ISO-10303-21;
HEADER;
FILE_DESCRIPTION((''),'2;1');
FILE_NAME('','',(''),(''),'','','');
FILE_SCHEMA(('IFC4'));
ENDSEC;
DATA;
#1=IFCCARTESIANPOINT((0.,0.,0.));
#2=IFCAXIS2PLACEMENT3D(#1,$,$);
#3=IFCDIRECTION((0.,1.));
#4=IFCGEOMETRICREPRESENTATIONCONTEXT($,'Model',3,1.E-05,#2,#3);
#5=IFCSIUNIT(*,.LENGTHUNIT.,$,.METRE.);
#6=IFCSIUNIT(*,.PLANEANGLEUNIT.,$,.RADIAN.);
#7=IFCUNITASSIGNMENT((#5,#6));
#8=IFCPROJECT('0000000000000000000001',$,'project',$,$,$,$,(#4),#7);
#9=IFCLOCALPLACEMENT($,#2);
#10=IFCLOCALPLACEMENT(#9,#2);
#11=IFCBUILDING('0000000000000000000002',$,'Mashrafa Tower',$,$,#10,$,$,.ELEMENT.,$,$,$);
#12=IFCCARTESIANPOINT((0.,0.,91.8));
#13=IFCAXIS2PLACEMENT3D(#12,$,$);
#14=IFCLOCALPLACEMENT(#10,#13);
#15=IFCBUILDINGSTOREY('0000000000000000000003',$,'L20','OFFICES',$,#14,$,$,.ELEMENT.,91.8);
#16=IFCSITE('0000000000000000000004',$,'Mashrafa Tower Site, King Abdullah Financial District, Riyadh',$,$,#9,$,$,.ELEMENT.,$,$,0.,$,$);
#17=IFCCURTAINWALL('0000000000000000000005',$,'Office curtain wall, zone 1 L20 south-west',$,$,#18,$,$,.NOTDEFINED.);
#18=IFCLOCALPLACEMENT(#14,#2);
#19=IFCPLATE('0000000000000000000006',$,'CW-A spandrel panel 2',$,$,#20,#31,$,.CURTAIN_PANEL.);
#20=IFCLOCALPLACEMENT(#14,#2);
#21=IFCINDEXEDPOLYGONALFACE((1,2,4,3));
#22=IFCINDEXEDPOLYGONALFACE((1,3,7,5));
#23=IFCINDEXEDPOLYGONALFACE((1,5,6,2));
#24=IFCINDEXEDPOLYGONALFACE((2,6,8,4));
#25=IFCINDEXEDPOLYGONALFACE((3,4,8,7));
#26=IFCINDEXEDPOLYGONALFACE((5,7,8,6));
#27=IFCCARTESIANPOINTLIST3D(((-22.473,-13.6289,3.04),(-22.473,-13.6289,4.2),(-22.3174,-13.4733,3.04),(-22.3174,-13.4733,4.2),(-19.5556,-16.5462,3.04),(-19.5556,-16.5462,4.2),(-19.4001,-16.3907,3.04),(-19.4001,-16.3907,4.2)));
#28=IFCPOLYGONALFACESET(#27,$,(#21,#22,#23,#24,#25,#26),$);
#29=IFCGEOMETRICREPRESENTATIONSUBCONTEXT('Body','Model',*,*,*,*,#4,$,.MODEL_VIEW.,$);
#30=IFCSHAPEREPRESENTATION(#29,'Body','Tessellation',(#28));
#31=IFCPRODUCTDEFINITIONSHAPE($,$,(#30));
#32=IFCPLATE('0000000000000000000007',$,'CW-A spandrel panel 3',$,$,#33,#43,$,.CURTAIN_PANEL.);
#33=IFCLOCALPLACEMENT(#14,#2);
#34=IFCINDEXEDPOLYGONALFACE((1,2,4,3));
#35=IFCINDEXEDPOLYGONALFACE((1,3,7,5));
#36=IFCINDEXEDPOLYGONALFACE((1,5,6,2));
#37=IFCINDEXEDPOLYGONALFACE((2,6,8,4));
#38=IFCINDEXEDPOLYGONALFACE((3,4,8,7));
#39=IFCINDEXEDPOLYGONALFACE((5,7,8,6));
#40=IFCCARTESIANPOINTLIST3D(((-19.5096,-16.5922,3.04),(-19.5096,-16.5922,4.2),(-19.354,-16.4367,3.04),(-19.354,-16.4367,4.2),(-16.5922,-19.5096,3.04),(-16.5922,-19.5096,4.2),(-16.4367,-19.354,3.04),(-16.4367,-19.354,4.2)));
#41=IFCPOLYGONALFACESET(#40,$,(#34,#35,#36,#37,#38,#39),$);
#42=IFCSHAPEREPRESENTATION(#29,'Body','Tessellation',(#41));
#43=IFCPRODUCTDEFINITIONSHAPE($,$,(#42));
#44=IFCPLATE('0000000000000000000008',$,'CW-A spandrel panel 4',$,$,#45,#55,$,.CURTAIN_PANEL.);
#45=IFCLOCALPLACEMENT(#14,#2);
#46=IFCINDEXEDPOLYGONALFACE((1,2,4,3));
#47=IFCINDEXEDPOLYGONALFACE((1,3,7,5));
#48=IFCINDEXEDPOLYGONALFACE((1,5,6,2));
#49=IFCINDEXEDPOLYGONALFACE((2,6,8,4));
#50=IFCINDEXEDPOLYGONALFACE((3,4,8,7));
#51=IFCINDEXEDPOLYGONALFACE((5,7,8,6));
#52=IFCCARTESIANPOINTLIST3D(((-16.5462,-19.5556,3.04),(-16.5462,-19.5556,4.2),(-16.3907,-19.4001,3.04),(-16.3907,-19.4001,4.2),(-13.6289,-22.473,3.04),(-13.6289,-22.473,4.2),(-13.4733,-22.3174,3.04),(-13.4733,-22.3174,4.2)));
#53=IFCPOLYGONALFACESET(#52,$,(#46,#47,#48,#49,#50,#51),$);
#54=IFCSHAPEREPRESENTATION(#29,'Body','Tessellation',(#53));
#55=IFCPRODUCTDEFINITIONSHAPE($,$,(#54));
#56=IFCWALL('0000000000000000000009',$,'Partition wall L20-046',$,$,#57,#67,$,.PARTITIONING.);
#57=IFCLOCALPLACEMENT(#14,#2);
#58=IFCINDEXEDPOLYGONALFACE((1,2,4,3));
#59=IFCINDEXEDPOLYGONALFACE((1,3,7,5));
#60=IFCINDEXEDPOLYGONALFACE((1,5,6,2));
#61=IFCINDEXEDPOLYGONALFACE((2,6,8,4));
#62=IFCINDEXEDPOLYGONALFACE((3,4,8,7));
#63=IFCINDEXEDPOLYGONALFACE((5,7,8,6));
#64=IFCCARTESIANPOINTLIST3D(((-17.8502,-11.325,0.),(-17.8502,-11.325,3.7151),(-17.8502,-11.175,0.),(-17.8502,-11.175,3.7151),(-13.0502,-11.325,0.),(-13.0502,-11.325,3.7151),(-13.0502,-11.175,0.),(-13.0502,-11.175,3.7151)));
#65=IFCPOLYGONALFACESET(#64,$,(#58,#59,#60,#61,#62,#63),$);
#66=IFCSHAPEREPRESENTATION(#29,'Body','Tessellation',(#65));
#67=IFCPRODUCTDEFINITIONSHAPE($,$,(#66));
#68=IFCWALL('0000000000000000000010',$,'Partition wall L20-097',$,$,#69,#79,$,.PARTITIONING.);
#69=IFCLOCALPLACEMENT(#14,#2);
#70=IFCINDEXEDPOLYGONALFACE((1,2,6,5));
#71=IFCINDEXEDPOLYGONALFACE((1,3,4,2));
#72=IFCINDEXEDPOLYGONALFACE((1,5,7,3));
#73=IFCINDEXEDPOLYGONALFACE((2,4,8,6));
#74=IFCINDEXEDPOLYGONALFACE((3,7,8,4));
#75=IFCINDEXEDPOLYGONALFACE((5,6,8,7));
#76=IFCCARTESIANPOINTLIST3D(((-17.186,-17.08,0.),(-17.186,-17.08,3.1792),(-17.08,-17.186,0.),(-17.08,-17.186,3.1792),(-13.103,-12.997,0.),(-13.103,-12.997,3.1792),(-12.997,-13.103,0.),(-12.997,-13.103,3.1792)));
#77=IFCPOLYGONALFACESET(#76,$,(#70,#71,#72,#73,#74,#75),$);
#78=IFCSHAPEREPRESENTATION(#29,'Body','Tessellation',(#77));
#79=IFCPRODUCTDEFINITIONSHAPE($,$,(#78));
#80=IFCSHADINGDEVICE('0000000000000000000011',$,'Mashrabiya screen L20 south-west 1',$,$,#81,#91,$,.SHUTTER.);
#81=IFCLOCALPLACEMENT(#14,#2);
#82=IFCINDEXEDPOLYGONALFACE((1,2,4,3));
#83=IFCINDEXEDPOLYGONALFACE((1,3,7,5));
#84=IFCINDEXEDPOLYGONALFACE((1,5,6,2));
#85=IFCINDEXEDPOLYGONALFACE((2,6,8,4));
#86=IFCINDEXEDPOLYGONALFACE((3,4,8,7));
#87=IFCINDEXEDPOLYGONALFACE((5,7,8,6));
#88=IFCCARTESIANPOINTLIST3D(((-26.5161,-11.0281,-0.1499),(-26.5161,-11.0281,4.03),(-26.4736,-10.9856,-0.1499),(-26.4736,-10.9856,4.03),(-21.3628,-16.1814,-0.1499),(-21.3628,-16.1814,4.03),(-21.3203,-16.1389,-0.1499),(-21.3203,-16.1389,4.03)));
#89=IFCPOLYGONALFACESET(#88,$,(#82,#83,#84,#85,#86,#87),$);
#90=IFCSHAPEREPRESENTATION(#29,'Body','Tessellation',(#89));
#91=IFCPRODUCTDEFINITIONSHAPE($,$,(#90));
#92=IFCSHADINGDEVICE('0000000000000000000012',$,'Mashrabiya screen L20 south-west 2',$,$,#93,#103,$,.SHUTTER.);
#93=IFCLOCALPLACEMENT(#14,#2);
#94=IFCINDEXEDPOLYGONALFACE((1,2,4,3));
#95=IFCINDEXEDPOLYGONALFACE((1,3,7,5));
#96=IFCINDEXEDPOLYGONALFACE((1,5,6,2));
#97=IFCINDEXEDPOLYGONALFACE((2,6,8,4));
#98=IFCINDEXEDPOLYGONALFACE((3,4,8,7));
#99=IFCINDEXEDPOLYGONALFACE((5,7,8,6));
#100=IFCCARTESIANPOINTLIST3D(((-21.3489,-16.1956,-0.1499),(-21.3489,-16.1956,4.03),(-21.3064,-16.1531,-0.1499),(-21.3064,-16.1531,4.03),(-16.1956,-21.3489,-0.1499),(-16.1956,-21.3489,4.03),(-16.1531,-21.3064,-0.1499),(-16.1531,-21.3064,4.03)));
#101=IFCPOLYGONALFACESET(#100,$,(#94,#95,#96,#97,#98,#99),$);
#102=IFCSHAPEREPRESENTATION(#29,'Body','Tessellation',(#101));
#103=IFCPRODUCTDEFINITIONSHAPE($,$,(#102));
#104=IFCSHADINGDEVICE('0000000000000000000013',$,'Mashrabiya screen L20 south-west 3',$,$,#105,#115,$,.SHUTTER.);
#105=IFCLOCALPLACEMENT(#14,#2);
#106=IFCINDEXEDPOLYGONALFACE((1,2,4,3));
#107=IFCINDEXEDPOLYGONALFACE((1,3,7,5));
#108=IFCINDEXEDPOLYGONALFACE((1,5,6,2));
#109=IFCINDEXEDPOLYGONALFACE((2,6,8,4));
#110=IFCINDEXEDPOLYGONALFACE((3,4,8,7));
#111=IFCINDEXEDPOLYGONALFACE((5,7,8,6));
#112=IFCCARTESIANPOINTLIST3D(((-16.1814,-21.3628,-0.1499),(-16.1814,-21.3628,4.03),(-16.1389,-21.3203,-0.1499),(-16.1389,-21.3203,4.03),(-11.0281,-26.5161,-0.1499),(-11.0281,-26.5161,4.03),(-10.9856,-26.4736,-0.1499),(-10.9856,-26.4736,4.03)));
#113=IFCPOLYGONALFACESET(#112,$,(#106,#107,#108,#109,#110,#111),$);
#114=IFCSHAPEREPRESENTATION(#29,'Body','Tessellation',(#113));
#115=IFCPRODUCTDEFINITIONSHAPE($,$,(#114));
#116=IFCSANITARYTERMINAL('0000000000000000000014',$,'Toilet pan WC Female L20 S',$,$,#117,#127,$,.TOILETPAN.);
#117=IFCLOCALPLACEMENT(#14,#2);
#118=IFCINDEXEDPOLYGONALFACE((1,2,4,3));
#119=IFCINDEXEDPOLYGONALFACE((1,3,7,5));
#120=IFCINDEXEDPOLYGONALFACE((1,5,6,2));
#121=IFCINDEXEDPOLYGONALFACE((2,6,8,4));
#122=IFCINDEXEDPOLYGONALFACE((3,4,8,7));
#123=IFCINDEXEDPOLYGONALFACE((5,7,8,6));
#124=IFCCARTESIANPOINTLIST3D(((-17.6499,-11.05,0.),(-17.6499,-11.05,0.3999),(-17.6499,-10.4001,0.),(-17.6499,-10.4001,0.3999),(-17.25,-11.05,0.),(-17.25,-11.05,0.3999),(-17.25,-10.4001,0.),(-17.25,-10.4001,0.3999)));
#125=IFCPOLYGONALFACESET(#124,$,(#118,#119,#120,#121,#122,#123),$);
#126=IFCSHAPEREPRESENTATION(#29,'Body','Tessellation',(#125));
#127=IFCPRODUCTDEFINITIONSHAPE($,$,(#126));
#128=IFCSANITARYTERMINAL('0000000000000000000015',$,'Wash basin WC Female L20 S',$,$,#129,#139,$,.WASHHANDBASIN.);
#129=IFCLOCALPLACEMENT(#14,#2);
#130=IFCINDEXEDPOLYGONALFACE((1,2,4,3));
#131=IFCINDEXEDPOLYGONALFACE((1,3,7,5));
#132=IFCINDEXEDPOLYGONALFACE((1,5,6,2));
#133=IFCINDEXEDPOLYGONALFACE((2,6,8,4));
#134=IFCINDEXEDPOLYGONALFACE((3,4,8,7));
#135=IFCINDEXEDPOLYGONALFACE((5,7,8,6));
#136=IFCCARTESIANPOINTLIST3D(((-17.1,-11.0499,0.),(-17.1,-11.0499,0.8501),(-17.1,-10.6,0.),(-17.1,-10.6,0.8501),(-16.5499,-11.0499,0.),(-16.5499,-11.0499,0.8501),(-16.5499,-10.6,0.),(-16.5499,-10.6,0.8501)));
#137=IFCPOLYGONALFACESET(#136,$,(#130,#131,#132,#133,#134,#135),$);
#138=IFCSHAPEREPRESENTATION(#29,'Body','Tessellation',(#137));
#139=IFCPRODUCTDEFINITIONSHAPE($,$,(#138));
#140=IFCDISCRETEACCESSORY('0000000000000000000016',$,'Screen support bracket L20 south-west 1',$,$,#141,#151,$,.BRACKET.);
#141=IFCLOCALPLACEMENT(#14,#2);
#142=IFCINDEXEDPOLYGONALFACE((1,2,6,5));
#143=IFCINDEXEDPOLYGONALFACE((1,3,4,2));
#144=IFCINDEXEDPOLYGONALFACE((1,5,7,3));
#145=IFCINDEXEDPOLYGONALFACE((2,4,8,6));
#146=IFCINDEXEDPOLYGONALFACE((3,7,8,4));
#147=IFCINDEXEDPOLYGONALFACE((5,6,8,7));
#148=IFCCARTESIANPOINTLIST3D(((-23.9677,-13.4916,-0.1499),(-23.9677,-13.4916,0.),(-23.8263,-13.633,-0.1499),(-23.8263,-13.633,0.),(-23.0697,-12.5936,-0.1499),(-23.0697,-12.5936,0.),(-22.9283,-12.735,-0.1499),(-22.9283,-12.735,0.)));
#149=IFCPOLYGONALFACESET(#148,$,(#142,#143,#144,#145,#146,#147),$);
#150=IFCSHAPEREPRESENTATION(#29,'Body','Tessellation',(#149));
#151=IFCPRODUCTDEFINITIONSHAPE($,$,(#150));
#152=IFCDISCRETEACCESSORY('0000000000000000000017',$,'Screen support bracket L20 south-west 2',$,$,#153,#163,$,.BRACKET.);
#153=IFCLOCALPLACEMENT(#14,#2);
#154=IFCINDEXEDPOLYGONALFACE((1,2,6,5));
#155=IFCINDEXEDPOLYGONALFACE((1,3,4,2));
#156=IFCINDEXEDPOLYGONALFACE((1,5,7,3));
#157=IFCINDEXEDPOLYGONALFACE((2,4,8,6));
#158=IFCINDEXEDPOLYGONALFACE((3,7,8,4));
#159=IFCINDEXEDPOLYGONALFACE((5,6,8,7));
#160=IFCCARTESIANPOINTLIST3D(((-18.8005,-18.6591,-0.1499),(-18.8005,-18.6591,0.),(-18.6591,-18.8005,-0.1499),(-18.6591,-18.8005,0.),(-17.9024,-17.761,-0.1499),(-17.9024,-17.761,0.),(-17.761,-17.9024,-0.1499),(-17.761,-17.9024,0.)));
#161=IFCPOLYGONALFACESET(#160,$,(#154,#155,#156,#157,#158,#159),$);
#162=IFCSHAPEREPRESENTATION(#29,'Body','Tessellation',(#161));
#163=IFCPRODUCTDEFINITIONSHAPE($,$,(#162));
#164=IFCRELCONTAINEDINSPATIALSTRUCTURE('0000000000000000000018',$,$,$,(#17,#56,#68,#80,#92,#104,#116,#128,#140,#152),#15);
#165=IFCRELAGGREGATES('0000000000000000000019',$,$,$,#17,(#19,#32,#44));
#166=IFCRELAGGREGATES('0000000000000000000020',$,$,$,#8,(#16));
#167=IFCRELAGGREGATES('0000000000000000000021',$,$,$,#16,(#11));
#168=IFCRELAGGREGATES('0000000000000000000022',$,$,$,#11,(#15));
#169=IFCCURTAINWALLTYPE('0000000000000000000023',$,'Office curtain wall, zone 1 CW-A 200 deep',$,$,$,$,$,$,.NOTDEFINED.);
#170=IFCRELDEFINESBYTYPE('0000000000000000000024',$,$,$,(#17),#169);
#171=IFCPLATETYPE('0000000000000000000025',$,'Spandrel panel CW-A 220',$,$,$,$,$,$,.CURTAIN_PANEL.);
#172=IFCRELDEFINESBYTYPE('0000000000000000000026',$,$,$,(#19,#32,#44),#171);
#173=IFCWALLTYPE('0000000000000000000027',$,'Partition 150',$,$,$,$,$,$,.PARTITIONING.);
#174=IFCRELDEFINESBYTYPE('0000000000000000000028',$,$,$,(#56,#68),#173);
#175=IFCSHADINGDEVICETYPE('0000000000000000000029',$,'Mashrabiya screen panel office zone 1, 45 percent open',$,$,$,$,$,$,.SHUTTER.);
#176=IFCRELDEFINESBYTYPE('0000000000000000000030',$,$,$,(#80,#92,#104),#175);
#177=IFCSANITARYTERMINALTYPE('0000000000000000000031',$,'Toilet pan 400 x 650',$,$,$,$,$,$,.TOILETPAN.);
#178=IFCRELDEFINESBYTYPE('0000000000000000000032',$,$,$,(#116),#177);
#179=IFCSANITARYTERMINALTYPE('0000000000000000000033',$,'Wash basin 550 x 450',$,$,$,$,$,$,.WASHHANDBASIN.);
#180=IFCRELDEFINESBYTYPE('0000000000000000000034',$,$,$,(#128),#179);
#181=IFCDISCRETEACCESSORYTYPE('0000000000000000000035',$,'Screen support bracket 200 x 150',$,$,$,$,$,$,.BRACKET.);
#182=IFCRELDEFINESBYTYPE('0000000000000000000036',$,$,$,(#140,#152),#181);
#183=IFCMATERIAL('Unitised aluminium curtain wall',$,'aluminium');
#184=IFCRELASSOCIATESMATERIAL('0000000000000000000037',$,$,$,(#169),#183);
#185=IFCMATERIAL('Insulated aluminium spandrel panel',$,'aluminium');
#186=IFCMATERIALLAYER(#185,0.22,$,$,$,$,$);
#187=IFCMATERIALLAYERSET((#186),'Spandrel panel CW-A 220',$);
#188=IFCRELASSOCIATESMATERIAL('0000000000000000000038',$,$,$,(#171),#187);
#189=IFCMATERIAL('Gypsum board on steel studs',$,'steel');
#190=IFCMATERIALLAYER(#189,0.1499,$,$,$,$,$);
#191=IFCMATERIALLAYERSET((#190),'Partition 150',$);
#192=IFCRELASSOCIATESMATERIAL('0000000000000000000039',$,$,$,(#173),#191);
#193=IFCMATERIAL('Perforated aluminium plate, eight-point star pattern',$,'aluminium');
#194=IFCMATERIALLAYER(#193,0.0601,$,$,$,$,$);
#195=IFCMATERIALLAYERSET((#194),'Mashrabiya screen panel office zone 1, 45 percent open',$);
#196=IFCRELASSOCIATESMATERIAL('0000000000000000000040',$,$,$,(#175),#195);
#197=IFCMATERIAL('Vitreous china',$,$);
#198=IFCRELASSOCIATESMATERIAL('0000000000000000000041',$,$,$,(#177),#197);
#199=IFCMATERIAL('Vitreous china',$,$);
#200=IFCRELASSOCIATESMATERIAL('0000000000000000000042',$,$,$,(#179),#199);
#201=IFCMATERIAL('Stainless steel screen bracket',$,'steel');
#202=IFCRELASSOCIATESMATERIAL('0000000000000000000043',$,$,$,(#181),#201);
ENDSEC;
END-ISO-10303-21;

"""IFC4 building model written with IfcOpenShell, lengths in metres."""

from ifc_helpers import new_model, si_unit, direction, frame, frame_2d, origin, origin_2d, place, context, subcontext, project, spatial, rectangle, extrude, source, transform, mapped, material, layer, layer_set, type_object, type_shapes, element, aggregate, save


model = new_model("IFC4")

# Units and contexts
model_context = context("Model", 3, precision=1e-05, world=origin(), true_north=direction((0.0, 1.0)))
body_context = subcontext(model_context, "Body", "Model", "MODEL_VIEW")
ifc_project = project(units=[si_unit("LENGTHUNIT", "METRE"), si_unit("PLANEANGLEUNIT", "RADIAN")], contexts=[model_context])

# Site, building, storey
site_placement = place(None, origin())
site = spatial("IfcSite", under=ifc_project, at=site_placement, Name="Mashrafa Tower Site, King Abdullah Financial District, Riyadh", CompositionType="ELEMENT", RefElevation=0.0)
building_placement = place(site_placement, origin())
building = spatial("IfcBuilding", under=site, at=building_placement, Name="Mashrafa Tower", CompositionType="ELEMENT")
storey_placement = place(building_placement, frame((0.0, 0.0, 91.8)))
storey = spatial("IfcBuildingStorey", under=building, at=storey_placement, Name="L20", Description="OFFICES", CompositionType="ELEMENT", Elevation=91.8)

# Shared definitions
ifc_material_1 = material(Name="Unitised aluminium curtain wall", Category="aluminium")
curtain_wall_type = type_object("IfcCurtainWallType", Name="Office curtain wall, zone 1 CW-A 200 deep", PredefinedType="NOTDEFINED", material=ifc_material_1)

# Curtain wall, plates
curtain_wall_1_placement = place(storey_placement, origin())
curtain_wall_1 = element("IfcCurtainWall", 1, at=curtain_wall_1_placement, inside=storey, type_object=curtain_wall_type, Name="Office curtain wall, zone 1 L20 south-west", PredefinedType="NOTDEFINED")
ifc_material_2 = material(Name="Insulated aluminium spandrel panel", Category="aluminium")
ifc_layer_1 = layer(ifc_material_2, 0.22)
ifc_layer_set_1 = layer_set([ifc_layer_1], Name="Spandrel panel CW-A 220")
plate_type_1 = type_object("IfcPlateType", Name="Spandrel panel CW-A 220", PredefinedType="CURTAIN_PANEL", material=ifc_layer_set_1)
shared_shape_1 = source(origin(), body_context, "Body", "SweptSolid", [
    extrude(rectangle(XDim=4.1257, YDim=0.22, at=origin_2d()), origin(), (0.0, 0.0, 1.0), 1.1599),
])
plate_1_placement = place(storey_placement, frame((-20.9365, -15.0098, 3.04), z_axis=(0.0, 0.0, 1.0), x_axis=(0.707107, -0.707107, 0.0)))
plate_1 = element("IfcPlate", 2, at=plate_1_placement, type_object=plate_type_1, Name="CW-A spandrel panel 2", PredefinedType="CURTAIN_PANEL", context=body_context, shape_type="MappedRepresentation", body=[
    mapped(shared_shape_1, transform((0.0, 0.0, 0.0))),
])
plate_2_placement = place(storey_placement, frame((-17.9731, -17.9731, 3.04), z_axis=(0.0, 0.0, 1.0), x_axis=(0.707107, -0.707107, 0.0)))
plate_2 = element("IfcPlate", 3, at=plate_2_placement, type_object=plate_type_1, Name="CW-A spandrel panel 3", PredefinedType="CURTAIN_PANEL", context=body_context, shape_type="MappedRepresentation", body=[
    mapped(shared_shape_1, transform((0.0, 0.0, 0.0))),
])
plate_3_placement = place(storey_placement, frame((-15.0098, -20.9365, 3.04), z_axis=(0.0, 0.0, 1.0), x_axis=(0.707107, -0.707107, 0.0)))
plate_3 = element("IfcPlate", 4, at=plate_3_placement, type_object=plate_type_1, Name="CW-A spandrel panel 4", PredefinedType="CURTAIN_PANEL", context=body_context, shape_type="MappedRepresentation", body=[
    mapped(shared_shape_1, transform((0.0, 0.0, 0.0))),
])
aggregate(curtain_wall_1, [plate_1, plate_2, plate_3])

# Walls
ifc_material_3 = material(Name="Gypsum board on steel studs", Category="steel")
ifc_layer_2 = layer(ifc_material_3, 0.1499)
ifc_layer_set_2 = layer_set([ifc_layer_2], Name="Partition 150")
wall_type = type_object("IfcWallType", Name="Partition 150", PredefinedType="PARTITIONING", material=ifc_layer_set_2)
wall_1_placement = place(storey_placement, frame((-17.8501, -11.25, 0.0), z_axis=(0.0, 0.0, 1.0), x_axis=(1.0, 0.0, 0.0)))
element("IfcWall", 5, at=wall_1_placement, inside=storey, type_object=wall_type, Name="Partition wall L20-046", PredefinedType="PARTITIONING", context=body_context, shape_type="SweptSolid", body=[
    extrude(rectangle(XDim=4.8, YDim=0.1499, at=frame_2d((2.3999, 0.0))), origin(), (0.0, 0.0, 1.0), 3.7151),
])
wall_2_placement = place(storey_placement, frame((-17.1331, -17.1331, 0.0), z_axis=(0.0, 0.0, 1.0), x_axis=(0.707107, 0.707107, 0.0)))
element("IfcWall", 6, at=wall_2_placement, inside=storey, type_object=wall_type, Name="Partition wall L20-097", PredefinedType="PARTITIONING", context=body_context, shape_type="SweptSolid", body=[
    extrude(rectangle(XDim=5.7742, YDim=0.1499, at=frame_2d((2.8872, 0.0))), origin(), (0.0, 0.0, 1.0), 3.1792),
])

# Shading devices
ifc_material_4 = material(Name="Perforated aluminium plate, eight-point star pattern", Category="aluminium")
ifc_layer_3 = layer(ifc_material_4, 0.0601)
ifc_layer_set_3 = layer_set([ifc_layer_3], Name="Mashrabiya screen panel office zone 1, 45 percent open")
shading_device_type = type_object("IfcShadingDeviceType", Name="Mashrabiya screen panel office zone 1, 45 percent open", PredefinedType="SHUTTER", material=ifc_layer_set_3)
shared_shape_2 = source(origin(), body_context, "Body", "SweptSolid", [
    extrude(rectangle(XDim=7.2878, YDim=0.0601, at=origin_2d()), origin(), (0.0, 0.0, 1.0), 4.1799),
])
type_shapes(shading_device_type, [shared_shape_2])
for number, where, z_axis, x_axis, name in (
    (7, (-23.9182, -13.5835, -0.1499), (0.0, 0.0, 1.0), (0.707107, -0.707107, 0.0), "Mashrabiya screen L20 south-west 1"),
    (8, (-18.751, -18.751, -0.1499), (0.0, 0.0, 1.0), (0.707107, -0.707107, 0.0), "Mashrabiya screen L20 south-west 2"),
    (9, (-13.5835, -23.9182, -0.1499), (0.0, 0.0, 1.0), (0.707107, -0.707107, 0.0), "Mashrabiya screen L20 south-west 3"),
):
    element("IfcShadingDevice", number, at=place(storey_placement, frame(where, z_axis=z_axis, x_axis=x_axis)), inside=storey, type_object=shading_device_type, Name=name, PredefinedType="SHUTTER", context=body_context, shape_type="MappedRepresentation", body=[
        mapped(shared_shape_2, transform((0.0, 0.0, 0.0))),
    ])

# Sanitary terminals
ifc_material_5 = material(Name="Vitreous china")
sanitary_terminal_type_1 = type_object("IfcSanitaryTerminalType", Name="Toilet pan 400 x 650", PredefinedType="TOILETPAN", material=ifc_material_5)
sanitary_terminal_1_placement = place(storey_placement, frame((-17.45, -10.7251, 0.0), z_axis=(0.0, 0.0, 1.0), x_axis=(1.0, 0.0, 0.0)))
element("IfcSanitaryTerminal", 10, at=sanitary_terminal_1_placement, inside=storey, type_object=sanitary_terminal_type_1, Name="Toilet pan WC Female L20 S", PredefinedType="TOILETPAN", context=body_context, shape_type="SweptSolid", body=[
    extrude(rectangle(XDim=0.3999, YDim=0.6499, at=origin_2d()), origin(), (0.0, 0.0, 1.0), 0.3999),
])
ifc_material_6 = material(Name="Vitreous china")
sanitary_terminal_type_2 = type_object("IfcSanitaryTerminalType", Name="Wash basin 550 x 450", PredefinedType="WASHHANDBASIN", material=ifc_material_6)
sanitary_terminal_2_placement = place(storey_placement, frame((-16.825, -10.825, 0.0), z_axis=(0.0, 0.0, 1.0), x_axis=(1.0, 0.0, 0.0)))
element("IfcSanitaryTerminal", 11, at=sanitary_terminal_2_placement, inside=storey, type_object=sanitary_terminal_type_2, Name="Wash basin WC Female L20 S", PredefinedType="WASHHANDBASIN", context=body_context, shape_type="SweptSolid", body=[
    extrude(rectangle(XDim=0.55, YDim=0.45, at=origin_2d()), origin(), (0.0, 0.0, 1.0), 0.8501),
])

# Discrete accessories
ifc_material_7 = material(Name="Stainless steel screen bracket", Category="steel")
discrete_accessory_type = type_object("IfcDiscreteAccessoryType", Name="Screen support bracket 200 x 150", PredefinedType="BRACKET", material=ifc_material_7)
shared_shape_3 = source(origin(), body_context, "Body", "SweptSolid", [
    extrude(rectangle(XDim=0.2, YDim=1.27, at=origin_2d()), origin(), (0.0, 0.0, 1.0), 0.1499),
])
type_shapes(discrete_accessory_type, [shared_shape_3])
for number, where, z_axis, x_axis, name in (
    (12, (-23.448, -13.1133, -0.1499), (0.0, 0.0, 1.0), (0.707107, -0.707107, 0.0), "Screen support bracket L20 south-west 1"),
    (13, (-18.2808, -18.2808, -0.1499), (0.0, 0.0, 1.0), (0.707107, -0.707107, 0.0), "Screen support bracket L20 south-west 2"),
):
    element("IfcDiscreteAccessory", number, at=place(storey_placement, frame(where, z_axis=z_axis, x_axis=x_axis)), inside=storey, type_object=discrete_accessory_type, Name=name, PredefinedType="BRACKET", context=body_context, shape_type="MappedRepresentation", body=[
        mapped(shared_shape_3, transform((0.0, 0.0, 0.0))),
    ])

save(model, "model.ifc")
